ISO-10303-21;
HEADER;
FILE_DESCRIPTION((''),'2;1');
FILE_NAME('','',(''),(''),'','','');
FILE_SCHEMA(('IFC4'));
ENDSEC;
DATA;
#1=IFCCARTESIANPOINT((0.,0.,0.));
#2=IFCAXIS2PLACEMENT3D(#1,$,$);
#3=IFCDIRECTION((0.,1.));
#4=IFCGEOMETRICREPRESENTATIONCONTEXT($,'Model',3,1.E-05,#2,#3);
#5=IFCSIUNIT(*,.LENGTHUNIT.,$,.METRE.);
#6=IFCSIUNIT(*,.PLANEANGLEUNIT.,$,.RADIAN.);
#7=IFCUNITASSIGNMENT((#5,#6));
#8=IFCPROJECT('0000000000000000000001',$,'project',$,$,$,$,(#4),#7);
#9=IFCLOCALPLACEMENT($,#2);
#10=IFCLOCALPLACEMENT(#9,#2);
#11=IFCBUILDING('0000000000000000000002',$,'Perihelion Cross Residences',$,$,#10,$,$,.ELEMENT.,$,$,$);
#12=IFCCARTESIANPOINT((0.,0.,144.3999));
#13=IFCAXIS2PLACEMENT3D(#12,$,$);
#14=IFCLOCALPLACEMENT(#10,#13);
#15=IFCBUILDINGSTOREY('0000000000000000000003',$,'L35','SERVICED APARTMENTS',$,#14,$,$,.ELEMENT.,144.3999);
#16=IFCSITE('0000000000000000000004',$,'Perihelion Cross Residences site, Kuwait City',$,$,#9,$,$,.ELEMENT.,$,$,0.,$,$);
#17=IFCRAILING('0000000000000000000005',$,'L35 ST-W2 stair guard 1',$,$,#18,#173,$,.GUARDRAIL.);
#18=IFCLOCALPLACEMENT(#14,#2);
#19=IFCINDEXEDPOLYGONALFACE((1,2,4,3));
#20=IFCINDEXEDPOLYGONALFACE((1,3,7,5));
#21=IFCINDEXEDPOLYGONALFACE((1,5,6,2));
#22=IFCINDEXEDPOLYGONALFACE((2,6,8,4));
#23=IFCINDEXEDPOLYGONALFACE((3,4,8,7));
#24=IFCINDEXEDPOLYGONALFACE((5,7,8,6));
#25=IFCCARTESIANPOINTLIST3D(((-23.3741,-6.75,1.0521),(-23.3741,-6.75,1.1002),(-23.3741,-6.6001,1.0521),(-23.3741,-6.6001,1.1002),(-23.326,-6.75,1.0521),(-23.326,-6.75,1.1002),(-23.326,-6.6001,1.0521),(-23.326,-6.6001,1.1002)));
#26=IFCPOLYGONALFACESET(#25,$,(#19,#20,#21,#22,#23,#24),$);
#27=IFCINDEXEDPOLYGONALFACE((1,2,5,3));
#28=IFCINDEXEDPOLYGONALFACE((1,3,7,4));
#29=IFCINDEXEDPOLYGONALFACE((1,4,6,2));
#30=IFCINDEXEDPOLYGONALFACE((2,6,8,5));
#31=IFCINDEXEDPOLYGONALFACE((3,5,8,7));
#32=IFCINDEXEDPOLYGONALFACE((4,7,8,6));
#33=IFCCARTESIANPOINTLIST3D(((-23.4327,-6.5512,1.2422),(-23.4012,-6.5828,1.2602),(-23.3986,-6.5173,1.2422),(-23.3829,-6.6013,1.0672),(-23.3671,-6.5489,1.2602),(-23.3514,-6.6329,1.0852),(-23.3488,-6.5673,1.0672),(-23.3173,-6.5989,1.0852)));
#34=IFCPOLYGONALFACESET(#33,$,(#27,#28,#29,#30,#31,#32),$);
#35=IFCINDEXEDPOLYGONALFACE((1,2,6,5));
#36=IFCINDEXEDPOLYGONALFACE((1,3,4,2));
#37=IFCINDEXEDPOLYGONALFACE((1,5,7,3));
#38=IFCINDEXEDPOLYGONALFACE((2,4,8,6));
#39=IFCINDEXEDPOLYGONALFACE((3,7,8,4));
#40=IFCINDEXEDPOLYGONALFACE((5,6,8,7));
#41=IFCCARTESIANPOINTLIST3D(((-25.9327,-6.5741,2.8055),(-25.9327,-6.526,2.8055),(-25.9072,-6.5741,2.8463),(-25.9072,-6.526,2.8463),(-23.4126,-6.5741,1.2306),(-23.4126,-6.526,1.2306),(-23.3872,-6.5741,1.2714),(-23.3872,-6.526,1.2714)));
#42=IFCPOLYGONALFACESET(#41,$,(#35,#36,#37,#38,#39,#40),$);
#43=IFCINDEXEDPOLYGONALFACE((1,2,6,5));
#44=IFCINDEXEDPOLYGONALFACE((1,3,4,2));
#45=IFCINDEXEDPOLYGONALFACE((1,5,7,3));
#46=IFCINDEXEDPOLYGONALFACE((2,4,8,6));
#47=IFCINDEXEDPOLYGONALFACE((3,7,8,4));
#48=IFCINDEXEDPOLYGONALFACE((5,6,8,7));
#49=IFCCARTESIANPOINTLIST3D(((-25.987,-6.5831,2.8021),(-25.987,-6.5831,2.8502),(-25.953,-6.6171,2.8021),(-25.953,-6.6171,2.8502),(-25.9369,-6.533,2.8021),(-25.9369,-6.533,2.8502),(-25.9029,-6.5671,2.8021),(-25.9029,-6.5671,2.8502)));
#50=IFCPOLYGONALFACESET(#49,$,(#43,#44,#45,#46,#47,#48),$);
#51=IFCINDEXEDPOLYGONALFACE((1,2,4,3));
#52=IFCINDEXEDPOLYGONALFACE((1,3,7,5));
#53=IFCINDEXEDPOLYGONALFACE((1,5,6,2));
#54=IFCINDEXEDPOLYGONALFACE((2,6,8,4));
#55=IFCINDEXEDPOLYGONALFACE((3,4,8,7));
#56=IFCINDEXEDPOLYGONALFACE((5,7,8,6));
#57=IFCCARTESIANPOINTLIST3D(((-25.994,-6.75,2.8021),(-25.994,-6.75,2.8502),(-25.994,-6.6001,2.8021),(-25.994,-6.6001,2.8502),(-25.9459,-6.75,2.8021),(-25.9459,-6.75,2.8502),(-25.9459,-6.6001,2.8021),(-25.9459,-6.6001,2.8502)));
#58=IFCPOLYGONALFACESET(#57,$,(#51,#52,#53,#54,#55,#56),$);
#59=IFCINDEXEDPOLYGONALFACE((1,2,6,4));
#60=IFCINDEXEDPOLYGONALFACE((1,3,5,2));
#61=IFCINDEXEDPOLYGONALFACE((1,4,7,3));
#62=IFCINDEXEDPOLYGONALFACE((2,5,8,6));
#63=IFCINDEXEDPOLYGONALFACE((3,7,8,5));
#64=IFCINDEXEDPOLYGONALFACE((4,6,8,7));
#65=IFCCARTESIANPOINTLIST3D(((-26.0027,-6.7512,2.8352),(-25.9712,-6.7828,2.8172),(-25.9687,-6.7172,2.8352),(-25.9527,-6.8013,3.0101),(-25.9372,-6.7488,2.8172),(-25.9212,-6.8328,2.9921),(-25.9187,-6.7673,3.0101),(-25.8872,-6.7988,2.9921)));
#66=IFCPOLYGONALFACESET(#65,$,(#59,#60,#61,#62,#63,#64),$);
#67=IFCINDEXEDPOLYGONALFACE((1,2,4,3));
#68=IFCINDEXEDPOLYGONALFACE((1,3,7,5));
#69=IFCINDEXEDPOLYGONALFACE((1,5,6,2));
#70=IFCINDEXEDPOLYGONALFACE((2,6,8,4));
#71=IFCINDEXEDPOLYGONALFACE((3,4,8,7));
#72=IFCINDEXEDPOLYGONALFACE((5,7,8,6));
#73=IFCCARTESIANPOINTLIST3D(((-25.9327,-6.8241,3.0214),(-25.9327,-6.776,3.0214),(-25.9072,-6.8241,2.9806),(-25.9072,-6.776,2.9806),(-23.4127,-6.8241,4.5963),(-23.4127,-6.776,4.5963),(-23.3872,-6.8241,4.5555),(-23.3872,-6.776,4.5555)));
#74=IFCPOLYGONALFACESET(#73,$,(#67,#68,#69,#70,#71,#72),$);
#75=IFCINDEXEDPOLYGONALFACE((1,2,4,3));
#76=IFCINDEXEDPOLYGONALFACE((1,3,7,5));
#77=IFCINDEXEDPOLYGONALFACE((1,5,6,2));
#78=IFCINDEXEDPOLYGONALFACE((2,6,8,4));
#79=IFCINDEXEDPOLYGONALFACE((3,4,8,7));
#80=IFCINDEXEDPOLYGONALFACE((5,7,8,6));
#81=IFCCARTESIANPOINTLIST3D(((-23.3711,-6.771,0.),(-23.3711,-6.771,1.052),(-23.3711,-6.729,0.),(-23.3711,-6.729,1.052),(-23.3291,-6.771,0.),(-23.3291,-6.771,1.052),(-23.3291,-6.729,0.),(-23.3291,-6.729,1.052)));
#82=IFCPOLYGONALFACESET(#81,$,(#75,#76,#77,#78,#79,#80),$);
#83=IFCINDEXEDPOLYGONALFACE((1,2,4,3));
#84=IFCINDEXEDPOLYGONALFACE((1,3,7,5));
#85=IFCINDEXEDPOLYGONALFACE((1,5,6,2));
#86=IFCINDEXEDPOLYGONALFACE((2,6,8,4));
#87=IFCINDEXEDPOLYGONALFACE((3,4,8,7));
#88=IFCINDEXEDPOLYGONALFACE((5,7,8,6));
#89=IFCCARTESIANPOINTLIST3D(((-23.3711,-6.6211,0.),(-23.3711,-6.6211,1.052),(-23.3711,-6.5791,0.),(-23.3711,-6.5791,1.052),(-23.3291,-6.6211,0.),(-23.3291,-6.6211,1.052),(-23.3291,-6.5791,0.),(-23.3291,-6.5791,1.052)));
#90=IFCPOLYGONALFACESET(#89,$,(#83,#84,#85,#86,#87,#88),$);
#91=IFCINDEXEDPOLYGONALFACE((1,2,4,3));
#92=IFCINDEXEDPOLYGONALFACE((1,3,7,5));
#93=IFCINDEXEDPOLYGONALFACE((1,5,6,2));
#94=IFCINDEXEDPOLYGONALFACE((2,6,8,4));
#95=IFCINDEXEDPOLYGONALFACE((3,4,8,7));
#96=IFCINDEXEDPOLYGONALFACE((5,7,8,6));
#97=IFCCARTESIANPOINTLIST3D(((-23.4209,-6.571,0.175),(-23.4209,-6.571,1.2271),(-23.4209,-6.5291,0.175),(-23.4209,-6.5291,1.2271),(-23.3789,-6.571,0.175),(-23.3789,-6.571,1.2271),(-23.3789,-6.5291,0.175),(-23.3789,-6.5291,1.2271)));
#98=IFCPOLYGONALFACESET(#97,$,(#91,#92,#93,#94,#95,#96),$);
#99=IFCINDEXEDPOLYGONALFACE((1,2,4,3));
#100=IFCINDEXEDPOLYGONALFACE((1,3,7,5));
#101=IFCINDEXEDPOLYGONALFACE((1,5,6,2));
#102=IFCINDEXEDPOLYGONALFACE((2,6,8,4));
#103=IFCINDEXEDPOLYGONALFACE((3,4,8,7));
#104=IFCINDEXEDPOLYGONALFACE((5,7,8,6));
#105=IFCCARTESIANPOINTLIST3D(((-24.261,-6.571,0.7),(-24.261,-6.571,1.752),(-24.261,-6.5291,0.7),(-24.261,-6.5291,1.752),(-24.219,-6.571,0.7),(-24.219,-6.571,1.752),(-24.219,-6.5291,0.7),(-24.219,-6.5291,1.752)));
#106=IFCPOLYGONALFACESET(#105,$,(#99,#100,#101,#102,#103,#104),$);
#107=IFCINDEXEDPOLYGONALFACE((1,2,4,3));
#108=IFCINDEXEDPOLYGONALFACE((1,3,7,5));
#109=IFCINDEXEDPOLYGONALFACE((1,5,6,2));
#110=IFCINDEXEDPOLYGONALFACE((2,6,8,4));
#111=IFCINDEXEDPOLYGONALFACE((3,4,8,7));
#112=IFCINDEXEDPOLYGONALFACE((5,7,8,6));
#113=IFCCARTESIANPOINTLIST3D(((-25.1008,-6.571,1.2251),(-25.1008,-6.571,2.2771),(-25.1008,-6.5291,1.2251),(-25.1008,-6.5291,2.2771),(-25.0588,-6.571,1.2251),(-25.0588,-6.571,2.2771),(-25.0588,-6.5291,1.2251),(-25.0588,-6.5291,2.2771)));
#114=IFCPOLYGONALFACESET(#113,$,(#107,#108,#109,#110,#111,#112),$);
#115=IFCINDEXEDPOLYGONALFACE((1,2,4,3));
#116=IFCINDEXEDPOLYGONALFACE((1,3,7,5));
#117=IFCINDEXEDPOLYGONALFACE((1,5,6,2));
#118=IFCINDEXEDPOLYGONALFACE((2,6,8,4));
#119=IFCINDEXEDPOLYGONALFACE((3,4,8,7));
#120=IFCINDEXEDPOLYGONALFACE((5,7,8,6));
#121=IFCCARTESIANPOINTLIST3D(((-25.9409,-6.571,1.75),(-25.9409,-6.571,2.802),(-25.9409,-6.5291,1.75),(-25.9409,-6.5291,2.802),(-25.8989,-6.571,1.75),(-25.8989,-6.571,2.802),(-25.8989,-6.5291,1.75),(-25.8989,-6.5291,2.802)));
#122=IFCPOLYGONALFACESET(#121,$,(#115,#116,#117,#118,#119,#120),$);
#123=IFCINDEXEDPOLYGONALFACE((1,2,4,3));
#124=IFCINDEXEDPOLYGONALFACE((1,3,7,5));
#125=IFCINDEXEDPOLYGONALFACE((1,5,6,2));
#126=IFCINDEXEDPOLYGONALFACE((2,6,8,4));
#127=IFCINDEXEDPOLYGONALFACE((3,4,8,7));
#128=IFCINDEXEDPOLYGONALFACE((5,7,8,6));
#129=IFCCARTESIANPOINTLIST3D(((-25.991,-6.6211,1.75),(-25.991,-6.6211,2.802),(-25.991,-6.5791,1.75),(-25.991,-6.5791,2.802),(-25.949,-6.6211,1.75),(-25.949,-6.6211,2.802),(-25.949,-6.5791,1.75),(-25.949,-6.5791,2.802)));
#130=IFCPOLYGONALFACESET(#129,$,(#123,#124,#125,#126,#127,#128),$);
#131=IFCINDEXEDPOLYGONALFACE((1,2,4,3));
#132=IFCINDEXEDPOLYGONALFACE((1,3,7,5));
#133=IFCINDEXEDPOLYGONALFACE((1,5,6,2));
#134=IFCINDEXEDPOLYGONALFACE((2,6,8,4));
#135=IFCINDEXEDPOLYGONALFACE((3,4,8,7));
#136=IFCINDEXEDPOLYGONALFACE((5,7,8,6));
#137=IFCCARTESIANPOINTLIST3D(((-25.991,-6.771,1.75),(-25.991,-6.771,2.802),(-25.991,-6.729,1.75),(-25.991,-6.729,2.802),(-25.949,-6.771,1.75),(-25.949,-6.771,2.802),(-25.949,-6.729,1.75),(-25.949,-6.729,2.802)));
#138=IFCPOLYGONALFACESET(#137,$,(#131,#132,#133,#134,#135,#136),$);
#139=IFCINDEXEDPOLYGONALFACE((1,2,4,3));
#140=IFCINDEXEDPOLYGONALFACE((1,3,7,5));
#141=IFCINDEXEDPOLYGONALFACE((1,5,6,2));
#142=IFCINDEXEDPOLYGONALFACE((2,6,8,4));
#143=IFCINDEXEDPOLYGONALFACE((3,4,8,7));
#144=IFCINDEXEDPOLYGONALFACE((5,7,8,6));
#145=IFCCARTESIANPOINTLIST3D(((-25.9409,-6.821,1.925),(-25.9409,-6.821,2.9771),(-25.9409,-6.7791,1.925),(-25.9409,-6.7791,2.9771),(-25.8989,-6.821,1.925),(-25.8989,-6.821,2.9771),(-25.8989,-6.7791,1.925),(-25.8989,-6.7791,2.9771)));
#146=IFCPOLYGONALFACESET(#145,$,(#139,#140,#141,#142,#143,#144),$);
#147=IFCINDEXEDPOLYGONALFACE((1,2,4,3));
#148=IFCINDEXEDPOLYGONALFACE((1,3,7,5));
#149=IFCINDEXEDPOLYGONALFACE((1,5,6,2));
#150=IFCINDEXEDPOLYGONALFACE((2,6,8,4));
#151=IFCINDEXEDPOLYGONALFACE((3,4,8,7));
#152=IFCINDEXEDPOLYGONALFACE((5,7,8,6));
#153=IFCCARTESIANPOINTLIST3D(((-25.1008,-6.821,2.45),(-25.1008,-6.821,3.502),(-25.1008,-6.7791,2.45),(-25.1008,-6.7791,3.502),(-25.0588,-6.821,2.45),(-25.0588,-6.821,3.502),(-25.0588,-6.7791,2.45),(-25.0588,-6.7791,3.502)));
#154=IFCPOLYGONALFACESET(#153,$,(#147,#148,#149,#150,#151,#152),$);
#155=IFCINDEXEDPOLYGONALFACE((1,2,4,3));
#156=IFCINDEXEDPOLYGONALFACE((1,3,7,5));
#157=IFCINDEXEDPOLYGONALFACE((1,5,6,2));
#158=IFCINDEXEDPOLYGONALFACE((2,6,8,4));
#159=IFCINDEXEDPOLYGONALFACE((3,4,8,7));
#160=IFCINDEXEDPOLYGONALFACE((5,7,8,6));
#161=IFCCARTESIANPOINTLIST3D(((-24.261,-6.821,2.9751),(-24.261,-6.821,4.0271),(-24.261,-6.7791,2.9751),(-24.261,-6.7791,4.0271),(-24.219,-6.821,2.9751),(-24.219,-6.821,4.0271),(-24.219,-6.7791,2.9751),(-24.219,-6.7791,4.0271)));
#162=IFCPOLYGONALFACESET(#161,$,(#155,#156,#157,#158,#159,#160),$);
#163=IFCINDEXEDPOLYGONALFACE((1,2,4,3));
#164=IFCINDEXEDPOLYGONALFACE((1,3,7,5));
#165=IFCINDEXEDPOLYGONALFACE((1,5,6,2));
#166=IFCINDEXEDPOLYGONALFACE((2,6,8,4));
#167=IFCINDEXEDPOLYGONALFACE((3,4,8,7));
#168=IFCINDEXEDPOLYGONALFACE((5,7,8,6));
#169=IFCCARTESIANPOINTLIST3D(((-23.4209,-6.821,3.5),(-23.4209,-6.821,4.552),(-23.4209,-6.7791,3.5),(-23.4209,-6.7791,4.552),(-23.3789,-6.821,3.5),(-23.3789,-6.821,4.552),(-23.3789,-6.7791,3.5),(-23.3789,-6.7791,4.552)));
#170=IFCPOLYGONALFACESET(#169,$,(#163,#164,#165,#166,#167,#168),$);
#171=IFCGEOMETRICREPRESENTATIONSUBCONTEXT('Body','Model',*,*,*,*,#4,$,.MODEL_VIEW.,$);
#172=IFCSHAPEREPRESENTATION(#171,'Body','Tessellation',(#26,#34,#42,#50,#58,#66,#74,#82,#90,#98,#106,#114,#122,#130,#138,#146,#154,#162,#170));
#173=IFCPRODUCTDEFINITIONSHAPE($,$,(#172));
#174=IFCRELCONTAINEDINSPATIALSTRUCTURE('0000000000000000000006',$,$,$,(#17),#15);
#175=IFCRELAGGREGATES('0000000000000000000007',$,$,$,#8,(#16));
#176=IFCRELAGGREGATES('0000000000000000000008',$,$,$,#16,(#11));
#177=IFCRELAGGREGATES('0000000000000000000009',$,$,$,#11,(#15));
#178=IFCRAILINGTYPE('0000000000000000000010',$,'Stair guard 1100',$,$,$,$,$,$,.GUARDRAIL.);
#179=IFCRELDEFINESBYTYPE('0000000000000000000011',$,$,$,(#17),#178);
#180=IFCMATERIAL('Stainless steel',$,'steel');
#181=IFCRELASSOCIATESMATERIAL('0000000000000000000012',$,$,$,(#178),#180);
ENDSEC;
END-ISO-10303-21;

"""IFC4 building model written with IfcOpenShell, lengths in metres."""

from ifc_helpers import new_model, si_unit, direction, frame, origin, origin_2d, place, context, subcontext, project, spatial, rectangle, extrude, material, type_object, element, save


model = new_model("IFC4")

# Units and contexts
model_context = context("Model", 3, precision=1e-05, world=origin(), true_north=direction((0.0, 1.0)))
body_context = subcontext(model_context, "Body", "Model", "MODEL_VIEW")
ifc_project = project(units=[si_unit("LENGTHUNIT", "METRE"), si_unit("PLANEANGLEUNIT", "RADIAN")], contexts=[model_context])

# Site, building, storey
site_placement = place(None, origin())
site = spatial("IfcSite", under=ifc_project, at=site_placement, Name="Perihelion Cross Residences site, Kuwait City", CompositionType="ELEMENT", RefElevation=0.0)
building_placement = place(site_placement, origin())
building = spatial("IfcBuilding", under=site, at=building_placement, Name="Perihelion Cross Residences", CompositionType="ELEMENT")
storey_placement = place(building_placement, frame((0.0, 0.0, 144.3999)))
storey = spatial("IfcBuildingStorey", under=building, at=storey_placement, Name="L35", Description="SERVICED APARTMENTS", CompositionType="ELEMENT", Elevation=144.3999)

# Railing
ifc_material_1 = material(Name="Stainless steel", Category="steel")
railing_type_1 = type_object("IfcRailingType", Name="Stair guard 1100", PredefinedType="GUARDRAIL", material=ifc_material_1)
railing_1_placement = place(storey_placement, frame((-23.3501, -6.75, 0.0)))
element("IfcRailing", 1, at=railing_1_placement, inside=storey, type_object=railing_type_1, Name="L35 ST-W2 stair guard 1", PredefinedType="GUARDRAIL", context=body_context, shape_type="SweptSolid", body=[
    extrude(rectangle(XDim=0.0481, YDim=0.0481, at=origin_2d()), frame((0.0, 0.0, 1.0762), z_axis=(0.0, 1.0, 0.0), x_axis=(-1.0, 0.0, 0.0)), (0.0, 0.0, 1.0), 0.1499),
    extrude(rectangle(XDim=0.0481, YDim=0.0481, at=origin_2d()), frame((0.0, 0.1499, 1.0762), z_axis=(-0.263862, 0.265156, 0.927399), x_axis=(-0.708834, -0.705376, 0.0)), (0.0, 0.0, 1.0), 0.1887),
    extrude(rectangle(XDim=0.0481, YDim=0.0481, at=origin_2d()), frame((-0.0498, 0.2, 1.251), z_axis=(-0.848008, 0.0, 0.529984), x_axis=(0.0, -1.0, 0.0)), (0.0, 0.0, 1.0), 2.9717),
    extrude(rectangle(XDim=0.0481, YDim=0.0481, at=origin_2d()), frame((-2.5698, 0.2, 2.8262), z_axis=(-0.707107, -0.707107, 0.0), x_axis=(0.707107, -0.707107, 0.0)), (0.0, 0.0, 1.0), 0.0708),
    extrude(rectangle(XDim=0.0481, YDim=0.0481, at=origin_2d()), frame((-2.6199, 0.1499, 2.8262), z_axis=(0.0, -1.0, 0.0), x_axis=(1.0, 0.0, 0.0)), (0.0, 0.0, 1.0), 0.1499),
    extrude(rectangle(XDim=0.0481, YDim=0.0481, at=origin_2d()), frame((-2.6199, 0.0, 2.8262), z_axis=(0.265065, -0.265065, 0.927082), x_axis=(0.707107, 0.707107, 0.0)), (0.0, 0.0, 1.0), 0.1887),
    extrude(rectangle(XDim=0.0481, YDim=0.0481, at=origin_2d()), frame((-2.5698, -0.05, 3.001), z_axis=(0.848008, 0.0, 0.529984), x_axis=(0.0, 1.0, 0.0)), (0.0, 0.0, 1.0), 2.9717),
    extrude(rectangle(XDim=0.042, YDim=0.042, at=origin_2d()), origin(), (0.0, 0.0, 1.0), 1.052),
    extrude(rectangle(XDim=0.042, YDim=0.042, at=origin_2d()), frame((0.0, 0.1499, 0.0)), (0.0, 0.0, 1.0), 1.052),
    extrude(rectangle(XDim=0.042, YDim=0.042, at=origin_2d()), frame((-0.0498, 0.2, 0.175)), (0.0, 0.0, 1.0), 1.052),
    extrude(rectangle(XDim=0.042, YDim=0.042, at=origin_2d()), frame((-0.8899, 0.2, 0.7)), (0.0, 0.0, 1.0), 1.052),
    extrude(rectangle(XDim=0.042, YDim=0.042, at=origin_2d()), frame((-1.7297, 0.2, 1.2251)), (0.0, 0.0, 1.0), 1.052),
    extrude(rectangle(XDim=0.042, YDim=0.042, at=origin_2d()), frame((-2.5698, 0.2, 1.75)), (0.0, 0.0, 1.0), 1.052),
    extrude(rectangle(XDim=0.042, YDim=0.042, at=origin_2d()), frame((-2.6199, 0.1499, 1.75)), (0.0, 0.0, 1.0), 1.052),
    extrude(rectangle(XDim=0.042, YDim=0.042, at=origin_2d()), frame((-2.6199, 0.0, 1.75)), (0.0, 0.0, 1.0), 1.052),
    extrude(rectangle(XDim=0.042, YDim=0.042, at=origin_2d()), frame((-2.5698, -0.05, 1.925)), (0.0, 0.0, 1.0), 1.052),
    extrude(rectangle(XDim=0.042, YDim=0.042, at=origin_2d()), frame((-1.7297, -0.05, 2.45)), (0.0, 0.0, 1.0), 1.052),
    extrude(rectangle(XDim=0.042, YDim=0.042, at=origin_2d()), frame((-0.8899, -0.05, 2.9751)), (0.0, 0.0, 1.0), 1.052),
    extrude(rectangle(XDim=0.042, YDim=0.042, at=origin_2d()), frame((-0.0498, -0.05, 3.5)), (0.0, 0.0, 1.0), 1.052),
])

save(model, "model.ifc")
